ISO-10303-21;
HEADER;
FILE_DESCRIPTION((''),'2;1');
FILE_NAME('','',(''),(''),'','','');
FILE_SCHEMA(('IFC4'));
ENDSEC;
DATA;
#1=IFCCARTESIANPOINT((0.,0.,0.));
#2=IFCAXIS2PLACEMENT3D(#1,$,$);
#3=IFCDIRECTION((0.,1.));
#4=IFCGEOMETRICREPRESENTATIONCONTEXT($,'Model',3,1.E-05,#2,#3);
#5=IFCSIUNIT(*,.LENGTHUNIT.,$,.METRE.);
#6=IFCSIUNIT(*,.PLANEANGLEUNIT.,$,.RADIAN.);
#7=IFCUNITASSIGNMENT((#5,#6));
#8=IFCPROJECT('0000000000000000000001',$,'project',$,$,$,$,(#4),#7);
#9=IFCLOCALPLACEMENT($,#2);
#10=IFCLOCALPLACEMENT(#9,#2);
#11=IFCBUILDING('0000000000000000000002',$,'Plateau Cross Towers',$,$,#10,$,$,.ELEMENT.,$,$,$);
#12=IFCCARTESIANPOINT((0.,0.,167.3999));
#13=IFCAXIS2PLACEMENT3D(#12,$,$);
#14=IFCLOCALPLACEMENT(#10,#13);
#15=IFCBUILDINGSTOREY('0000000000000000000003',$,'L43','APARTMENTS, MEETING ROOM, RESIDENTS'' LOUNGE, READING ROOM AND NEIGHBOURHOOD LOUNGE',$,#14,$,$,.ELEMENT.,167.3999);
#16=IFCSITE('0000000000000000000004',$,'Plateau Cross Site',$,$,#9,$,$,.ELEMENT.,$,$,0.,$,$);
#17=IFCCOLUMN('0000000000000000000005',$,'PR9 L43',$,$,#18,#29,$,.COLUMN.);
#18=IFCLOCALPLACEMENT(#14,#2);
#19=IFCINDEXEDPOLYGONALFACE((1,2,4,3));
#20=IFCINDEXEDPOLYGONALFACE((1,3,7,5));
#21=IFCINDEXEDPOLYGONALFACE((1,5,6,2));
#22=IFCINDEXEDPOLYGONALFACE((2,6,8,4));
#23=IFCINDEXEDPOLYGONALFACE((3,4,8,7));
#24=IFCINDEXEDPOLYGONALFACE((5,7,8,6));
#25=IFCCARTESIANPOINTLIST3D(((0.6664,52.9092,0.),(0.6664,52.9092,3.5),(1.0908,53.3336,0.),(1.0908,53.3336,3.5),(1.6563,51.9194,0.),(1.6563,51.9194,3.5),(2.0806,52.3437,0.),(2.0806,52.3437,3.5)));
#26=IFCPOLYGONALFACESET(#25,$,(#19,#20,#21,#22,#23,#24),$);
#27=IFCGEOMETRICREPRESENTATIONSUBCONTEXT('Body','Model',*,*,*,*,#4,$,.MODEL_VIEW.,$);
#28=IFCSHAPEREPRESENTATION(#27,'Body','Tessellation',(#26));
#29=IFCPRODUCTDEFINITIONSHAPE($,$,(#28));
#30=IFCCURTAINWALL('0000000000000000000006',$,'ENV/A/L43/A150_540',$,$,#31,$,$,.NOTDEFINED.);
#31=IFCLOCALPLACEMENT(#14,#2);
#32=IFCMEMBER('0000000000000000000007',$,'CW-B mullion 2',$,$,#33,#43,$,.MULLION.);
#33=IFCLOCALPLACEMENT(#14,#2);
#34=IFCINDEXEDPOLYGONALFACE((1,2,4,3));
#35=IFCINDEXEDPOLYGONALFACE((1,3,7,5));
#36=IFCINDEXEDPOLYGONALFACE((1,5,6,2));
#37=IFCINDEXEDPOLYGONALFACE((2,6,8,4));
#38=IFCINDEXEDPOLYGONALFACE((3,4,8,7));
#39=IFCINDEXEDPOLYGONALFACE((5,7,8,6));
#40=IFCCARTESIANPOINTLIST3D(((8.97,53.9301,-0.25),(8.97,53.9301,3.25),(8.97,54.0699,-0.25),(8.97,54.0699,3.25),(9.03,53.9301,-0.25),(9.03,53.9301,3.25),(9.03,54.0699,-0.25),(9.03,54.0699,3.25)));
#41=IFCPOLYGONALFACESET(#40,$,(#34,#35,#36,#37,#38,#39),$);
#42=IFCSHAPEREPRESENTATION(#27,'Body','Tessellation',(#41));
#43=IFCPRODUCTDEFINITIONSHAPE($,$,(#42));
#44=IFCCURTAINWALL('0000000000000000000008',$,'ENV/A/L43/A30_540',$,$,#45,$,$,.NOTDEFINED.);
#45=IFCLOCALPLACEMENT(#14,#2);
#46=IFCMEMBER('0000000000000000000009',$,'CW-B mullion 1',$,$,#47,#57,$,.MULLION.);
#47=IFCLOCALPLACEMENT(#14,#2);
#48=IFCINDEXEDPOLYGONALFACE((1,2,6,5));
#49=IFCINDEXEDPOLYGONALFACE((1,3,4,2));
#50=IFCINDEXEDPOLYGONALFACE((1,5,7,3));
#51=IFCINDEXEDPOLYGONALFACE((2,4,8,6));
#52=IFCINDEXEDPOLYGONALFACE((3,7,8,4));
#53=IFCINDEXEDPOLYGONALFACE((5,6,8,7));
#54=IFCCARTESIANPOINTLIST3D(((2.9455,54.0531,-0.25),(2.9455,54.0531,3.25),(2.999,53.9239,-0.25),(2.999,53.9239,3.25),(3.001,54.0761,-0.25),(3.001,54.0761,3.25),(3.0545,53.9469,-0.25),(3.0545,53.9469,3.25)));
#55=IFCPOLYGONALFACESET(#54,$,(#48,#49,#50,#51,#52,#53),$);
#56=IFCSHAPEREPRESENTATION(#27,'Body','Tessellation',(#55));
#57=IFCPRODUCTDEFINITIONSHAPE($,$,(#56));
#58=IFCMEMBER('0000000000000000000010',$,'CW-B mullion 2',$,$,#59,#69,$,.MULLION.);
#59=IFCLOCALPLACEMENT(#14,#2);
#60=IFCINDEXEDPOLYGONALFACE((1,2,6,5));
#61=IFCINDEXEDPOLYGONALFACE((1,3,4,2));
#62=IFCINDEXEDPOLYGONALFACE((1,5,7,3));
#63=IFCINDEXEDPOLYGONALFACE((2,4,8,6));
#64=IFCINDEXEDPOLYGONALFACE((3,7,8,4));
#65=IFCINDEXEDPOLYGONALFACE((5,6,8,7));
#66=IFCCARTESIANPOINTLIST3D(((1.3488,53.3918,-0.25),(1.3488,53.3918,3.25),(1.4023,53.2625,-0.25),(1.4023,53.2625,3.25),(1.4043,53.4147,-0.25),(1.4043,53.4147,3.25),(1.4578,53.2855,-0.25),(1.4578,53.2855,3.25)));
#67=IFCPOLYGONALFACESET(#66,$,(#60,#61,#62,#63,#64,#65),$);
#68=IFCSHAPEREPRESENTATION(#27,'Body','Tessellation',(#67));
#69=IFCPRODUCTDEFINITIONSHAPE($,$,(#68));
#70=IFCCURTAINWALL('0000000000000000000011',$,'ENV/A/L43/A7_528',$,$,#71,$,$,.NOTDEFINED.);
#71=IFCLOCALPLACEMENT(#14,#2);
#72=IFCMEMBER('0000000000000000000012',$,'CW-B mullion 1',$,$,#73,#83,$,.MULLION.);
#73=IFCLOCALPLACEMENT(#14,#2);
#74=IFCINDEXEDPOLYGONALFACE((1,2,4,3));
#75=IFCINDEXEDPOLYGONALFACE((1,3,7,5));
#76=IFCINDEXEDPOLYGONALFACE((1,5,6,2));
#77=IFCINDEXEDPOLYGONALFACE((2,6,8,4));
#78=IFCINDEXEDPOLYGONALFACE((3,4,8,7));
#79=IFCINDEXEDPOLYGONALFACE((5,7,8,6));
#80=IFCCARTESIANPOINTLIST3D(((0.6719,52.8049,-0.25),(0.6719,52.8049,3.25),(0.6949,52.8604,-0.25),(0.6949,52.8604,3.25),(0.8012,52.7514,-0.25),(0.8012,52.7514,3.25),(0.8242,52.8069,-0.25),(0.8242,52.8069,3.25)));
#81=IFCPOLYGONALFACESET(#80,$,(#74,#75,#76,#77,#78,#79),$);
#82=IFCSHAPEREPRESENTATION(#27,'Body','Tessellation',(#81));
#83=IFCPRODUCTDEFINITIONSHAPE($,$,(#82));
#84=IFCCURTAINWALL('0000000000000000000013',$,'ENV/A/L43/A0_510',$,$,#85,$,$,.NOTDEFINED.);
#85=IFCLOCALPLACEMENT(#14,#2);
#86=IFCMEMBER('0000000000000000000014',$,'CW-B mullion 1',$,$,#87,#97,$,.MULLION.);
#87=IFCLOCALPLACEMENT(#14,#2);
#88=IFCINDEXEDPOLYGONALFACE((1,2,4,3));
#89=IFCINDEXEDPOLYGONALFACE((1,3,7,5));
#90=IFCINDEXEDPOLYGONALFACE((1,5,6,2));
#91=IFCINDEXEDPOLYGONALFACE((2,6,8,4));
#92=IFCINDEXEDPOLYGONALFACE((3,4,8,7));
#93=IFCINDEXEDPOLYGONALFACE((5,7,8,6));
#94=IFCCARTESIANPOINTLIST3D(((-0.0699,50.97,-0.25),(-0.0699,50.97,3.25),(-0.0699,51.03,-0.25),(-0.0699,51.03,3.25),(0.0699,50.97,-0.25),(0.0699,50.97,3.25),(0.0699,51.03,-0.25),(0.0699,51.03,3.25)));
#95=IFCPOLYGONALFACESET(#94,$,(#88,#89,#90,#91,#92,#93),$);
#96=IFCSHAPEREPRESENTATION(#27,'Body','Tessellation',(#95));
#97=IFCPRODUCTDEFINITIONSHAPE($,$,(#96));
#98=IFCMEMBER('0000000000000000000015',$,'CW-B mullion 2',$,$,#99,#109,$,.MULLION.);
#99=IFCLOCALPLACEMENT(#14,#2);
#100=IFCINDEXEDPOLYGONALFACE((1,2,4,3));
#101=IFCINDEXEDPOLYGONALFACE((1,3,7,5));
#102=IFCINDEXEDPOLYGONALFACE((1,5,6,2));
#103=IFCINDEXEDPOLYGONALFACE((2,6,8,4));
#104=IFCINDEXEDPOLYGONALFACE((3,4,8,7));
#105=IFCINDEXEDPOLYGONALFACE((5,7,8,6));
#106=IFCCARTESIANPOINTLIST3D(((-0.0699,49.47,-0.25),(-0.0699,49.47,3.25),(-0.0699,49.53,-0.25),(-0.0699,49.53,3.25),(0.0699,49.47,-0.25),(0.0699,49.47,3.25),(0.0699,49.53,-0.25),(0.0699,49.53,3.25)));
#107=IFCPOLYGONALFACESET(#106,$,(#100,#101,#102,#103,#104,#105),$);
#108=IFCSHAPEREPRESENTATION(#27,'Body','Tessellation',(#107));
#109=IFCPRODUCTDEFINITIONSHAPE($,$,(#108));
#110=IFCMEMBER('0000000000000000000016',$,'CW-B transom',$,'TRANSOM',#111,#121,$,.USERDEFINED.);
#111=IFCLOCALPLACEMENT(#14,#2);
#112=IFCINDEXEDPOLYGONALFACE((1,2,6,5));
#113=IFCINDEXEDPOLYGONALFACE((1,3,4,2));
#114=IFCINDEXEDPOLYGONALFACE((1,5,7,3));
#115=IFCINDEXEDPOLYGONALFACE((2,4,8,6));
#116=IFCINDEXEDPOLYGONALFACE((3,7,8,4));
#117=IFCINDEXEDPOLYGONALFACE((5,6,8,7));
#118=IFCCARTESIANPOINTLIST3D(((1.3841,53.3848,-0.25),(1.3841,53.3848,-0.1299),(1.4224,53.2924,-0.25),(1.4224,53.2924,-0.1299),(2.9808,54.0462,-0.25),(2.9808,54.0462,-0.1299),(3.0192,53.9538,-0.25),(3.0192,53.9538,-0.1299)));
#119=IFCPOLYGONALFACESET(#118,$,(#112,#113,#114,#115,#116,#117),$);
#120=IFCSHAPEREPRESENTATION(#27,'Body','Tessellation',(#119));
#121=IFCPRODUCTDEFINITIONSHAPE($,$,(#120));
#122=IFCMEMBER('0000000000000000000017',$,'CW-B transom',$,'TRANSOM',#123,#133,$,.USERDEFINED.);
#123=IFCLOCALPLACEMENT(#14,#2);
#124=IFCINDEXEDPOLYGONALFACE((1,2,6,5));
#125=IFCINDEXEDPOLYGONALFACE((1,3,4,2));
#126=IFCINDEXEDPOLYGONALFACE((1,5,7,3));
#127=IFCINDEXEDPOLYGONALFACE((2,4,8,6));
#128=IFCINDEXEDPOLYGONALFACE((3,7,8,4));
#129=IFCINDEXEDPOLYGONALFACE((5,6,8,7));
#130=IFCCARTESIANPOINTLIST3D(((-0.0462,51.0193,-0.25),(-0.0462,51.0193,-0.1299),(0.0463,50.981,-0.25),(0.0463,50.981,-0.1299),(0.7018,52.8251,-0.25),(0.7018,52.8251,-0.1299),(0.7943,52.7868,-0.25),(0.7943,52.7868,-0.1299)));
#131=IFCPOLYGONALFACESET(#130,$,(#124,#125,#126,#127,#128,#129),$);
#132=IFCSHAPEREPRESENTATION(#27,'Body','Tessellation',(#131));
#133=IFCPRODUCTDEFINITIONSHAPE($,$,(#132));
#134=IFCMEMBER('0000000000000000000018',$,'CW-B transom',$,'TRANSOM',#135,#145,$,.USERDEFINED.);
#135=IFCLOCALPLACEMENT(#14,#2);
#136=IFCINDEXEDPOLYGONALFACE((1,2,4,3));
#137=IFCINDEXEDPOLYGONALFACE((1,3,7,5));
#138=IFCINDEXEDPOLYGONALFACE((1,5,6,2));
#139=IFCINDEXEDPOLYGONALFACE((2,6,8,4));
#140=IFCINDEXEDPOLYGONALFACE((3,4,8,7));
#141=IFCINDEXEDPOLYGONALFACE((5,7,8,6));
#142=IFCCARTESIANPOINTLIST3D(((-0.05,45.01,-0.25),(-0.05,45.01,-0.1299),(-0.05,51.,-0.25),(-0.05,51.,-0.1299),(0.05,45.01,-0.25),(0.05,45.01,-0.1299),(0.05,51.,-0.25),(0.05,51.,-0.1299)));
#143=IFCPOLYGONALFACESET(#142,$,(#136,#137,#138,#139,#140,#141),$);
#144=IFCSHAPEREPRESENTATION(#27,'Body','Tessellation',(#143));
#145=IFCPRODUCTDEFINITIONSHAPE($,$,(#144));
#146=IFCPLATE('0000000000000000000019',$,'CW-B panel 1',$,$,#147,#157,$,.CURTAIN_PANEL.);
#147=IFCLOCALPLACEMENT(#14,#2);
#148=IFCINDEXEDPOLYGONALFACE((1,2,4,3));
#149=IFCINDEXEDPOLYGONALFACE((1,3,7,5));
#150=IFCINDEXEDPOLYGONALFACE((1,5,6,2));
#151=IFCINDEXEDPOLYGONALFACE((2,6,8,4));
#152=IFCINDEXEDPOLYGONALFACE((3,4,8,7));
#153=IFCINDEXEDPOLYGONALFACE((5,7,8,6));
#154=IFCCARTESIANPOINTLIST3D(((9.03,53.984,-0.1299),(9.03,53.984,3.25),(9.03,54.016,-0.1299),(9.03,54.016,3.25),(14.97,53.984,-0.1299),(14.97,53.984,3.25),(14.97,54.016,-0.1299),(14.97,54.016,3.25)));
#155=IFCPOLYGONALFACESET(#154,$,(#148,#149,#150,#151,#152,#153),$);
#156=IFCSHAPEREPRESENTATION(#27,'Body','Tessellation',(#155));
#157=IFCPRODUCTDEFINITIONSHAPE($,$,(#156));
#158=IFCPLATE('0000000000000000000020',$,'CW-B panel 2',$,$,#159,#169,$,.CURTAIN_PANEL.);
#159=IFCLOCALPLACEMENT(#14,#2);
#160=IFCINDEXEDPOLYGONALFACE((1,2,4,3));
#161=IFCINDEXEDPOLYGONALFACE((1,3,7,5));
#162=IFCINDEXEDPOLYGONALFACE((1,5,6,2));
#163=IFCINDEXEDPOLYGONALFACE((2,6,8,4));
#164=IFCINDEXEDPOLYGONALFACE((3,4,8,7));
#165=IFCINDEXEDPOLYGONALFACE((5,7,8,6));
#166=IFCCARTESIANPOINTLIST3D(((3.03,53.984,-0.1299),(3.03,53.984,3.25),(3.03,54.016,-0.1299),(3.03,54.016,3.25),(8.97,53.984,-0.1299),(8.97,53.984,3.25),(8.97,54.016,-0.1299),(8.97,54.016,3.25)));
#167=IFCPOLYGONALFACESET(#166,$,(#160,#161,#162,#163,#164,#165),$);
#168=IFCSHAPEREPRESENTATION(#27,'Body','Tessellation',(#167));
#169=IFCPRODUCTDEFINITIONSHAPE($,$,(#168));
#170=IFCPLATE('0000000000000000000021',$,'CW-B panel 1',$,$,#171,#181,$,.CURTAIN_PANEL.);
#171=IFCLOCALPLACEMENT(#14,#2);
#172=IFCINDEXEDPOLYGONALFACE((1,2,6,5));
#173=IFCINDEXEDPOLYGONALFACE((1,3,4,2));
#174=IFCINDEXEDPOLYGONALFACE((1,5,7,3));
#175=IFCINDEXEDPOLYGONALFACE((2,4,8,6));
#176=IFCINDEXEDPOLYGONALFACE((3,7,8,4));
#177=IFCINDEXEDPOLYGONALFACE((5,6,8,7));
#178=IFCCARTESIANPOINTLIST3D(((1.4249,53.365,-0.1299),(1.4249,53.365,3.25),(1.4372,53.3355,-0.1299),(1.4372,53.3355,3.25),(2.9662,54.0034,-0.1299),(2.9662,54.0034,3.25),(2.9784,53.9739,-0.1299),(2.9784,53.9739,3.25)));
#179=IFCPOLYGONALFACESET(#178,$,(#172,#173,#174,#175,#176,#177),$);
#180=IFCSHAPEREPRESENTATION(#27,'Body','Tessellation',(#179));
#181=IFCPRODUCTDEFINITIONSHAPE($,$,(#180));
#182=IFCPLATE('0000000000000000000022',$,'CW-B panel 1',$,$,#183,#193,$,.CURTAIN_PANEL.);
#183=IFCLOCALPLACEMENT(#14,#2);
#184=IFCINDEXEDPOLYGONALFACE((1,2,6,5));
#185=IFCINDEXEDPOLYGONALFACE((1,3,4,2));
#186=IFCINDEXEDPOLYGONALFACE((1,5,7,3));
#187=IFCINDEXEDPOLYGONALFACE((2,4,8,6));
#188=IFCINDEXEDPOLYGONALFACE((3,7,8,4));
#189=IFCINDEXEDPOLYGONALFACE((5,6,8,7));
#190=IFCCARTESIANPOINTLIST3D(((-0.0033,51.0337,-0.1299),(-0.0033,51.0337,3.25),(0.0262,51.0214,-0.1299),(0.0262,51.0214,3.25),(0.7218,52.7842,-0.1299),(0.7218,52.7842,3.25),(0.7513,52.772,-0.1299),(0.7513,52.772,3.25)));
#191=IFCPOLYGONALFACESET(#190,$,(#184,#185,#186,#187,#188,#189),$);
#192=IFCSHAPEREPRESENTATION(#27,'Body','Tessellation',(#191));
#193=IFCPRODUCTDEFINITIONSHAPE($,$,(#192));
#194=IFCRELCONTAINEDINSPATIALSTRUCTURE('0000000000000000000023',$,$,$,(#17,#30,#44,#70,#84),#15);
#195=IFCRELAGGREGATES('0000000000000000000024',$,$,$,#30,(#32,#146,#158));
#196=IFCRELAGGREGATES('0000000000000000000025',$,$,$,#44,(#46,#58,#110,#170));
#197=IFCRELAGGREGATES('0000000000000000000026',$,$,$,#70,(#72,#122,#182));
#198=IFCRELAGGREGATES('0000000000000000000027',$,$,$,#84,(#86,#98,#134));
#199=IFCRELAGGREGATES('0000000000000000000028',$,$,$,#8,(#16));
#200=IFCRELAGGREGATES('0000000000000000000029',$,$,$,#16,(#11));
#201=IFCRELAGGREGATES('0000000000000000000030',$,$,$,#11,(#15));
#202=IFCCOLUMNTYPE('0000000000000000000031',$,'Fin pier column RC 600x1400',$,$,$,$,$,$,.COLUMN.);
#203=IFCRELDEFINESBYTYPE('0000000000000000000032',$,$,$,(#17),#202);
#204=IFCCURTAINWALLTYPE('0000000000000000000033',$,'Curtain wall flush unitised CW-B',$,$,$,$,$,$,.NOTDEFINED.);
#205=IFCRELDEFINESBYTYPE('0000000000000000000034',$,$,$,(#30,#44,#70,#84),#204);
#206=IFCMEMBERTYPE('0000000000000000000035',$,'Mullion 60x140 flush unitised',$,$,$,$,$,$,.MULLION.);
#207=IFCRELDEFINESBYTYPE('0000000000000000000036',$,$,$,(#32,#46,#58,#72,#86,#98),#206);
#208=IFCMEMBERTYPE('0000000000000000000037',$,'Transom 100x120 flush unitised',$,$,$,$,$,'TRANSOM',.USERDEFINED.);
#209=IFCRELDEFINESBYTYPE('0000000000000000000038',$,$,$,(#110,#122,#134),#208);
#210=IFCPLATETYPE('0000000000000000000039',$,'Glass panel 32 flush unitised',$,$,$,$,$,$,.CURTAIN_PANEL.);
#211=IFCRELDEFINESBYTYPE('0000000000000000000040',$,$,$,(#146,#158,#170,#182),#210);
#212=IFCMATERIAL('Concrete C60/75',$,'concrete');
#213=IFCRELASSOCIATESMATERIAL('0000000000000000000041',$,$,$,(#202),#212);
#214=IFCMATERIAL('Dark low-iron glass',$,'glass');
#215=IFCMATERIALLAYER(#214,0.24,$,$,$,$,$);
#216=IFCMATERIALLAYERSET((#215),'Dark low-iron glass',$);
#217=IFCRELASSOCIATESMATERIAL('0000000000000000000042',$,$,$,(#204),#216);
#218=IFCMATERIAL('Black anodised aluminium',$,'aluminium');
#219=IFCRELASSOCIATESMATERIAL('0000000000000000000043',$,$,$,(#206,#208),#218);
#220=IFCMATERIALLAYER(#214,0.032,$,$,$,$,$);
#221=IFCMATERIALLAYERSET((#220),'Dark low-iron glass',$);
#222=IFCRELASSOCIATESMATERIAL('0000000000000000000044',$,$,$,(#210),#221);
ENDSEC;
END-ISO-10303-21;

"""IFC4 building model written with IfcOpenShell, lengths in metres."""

from ifc_helpers import new_model, si_unit, direction, frame, origin, origin_2d, place, context, subcontext, project, spatial, rectangle, extrude, material, layer, layer_set, material_profile, profile_set, type_object, element, aggregate, save


model = new_model("IFC4")

# Units and contexts
model_context = context("Model", 3, precision=1e-05, world=origin(), true_north=direction((0.0, 1.0)))
body_context = subcontext(model_context, "Body", "Model", "MODEL_VIEW")
ifc_project = project(units=[si_unit("LENGTHUNIT", "METRE"), si_unit("PLANEANGLEUNIT", "RADIAN")], contexts=[model_context])

# Site, building, storey
site_placement = place(None, origin())
site = spatial("IfcSite", under=ifc_project, at=site_placement, Name="Plateau Cross Site", CompositionType="ELEMENT", RefElevation=0.0)
building_placement = place(site_placement, origin())
building = spatial("IfcBuilding", under=site, at=building_placement, Name="Plateau Cross Towers", CompositionType="ELEMENT")
storey_placement = place(building_placement, frame((0.0, 0.0, 167.3999)))
storey = spatial("IfcBuildingStorey", under=building, at=storey_placement, Name="L43", Description="APARTMENTS, MEETING ROOM, RESIDENTS' LOUNGE, READING ROOM AND NEIGHBOURHOOD LOUNGE", CompositionType="ELEMENT", Elevation=167.3999)

# Column
ifc_material_1 = material(Name="Concrete C60/75", Category="concrete")
ifc_material_profile_1 = material_profile(ifc_material_1, rectangle(XDim=0.6001, YDim=1.3999, at=origin_2d()), Name="RC 600x1400")
ifc_profile_set_1 = profile_set([ifc_material_profile_1], Name="Concrete C60/75")
column_type = type_object("IfcColumnType", Name="Fin pier column RC 600x1400", PredefinedType="COLUMN", material=ifc_profile_set_1)
column_placement = place(storey_placement, frame((1.3735, 52.6265, 0.0), z_axis=(0.0, 0.0, 1.0), x_axis=(0.707107, 0.707107, 0.0)))
element("IfcColumn", 1, at=column_placement, inside=storey, type_object=column_type, Name="PR9 L43", PredefinedType="COLUMN", context=body_context, shape_type="SweptSolid", body=[
    extrude(rectangle(XDim=0.6001, YDim=1.3999, at=origin_2d()), origin(), (0.0, 0.0, 1.0), 3.5),
])

# Curtain wall, member
ifc_material_2 = material(Name="Dark low-iron glass", Category="glass")
ifc_layer_1 = layer(ifc_material_2, 0.24)
ifc_layer_set_1 = layer_set([ifc_layer_1], Name="Dark low-iron glass")
curtain_wall_type = type_object("IfcCurtainWallType", Name="Curtain wall flush unitised CW-B", PredefinedType="NOTDEFINED", material=ifc_layer_set_1)
curtain_wall_1_placement = place(storey_placement, origin())
curtain_wall_1 = element("IfcCurtainWall", 2, at=curtain_wall_1_placement, inside=storey, type_object=curtain_wall_type, Name="ENV/A/L43/A150_540", PredefinedType="NOTDEFINED")
ifc_material_3 = material(Name="Black anodised aluminium", Category="aluminium")
ifc_material_profile_2 = material_profile(ifc_material_3, rectangle(XDim=0.0601, YDim=0.1399, at=origin_2d()), Name="MULLION 60x140")
ifc_profile_set_2 = profile_set([ifc_material_profile_2], Name="Black anodised aluminium")
member_type_1 = type_object("IfcMemberType", Name="Mullion 60x140 flush unitised", PredefinedType="MULLION", material=ifc_profile_set_2)
member_1_placement = place(storey_placement, frame((9.0, 54.0, -0.25), z_axis=(0.0, 0.0, 1.0), x_axis=(-1.0, 0.0, 0.0)))
member_1 = element("IfcMember", 3, at=member_1_placement, type_object=member_type_1, Name="CW-B mullion 2", PredefinedType="MULLION", context=body_context, shape_type="SweptSolid", body=[
    extrude(rectangle(XDim=0.0601, YDim=0.1399, at=origin_2d()), origin(), (0.0, 0.0, 1.0), 3.5),
])

# Curtain wall, members
curtain_wall_2_placement = place(storey_placement, origin())
curtain_wall_2 = element("IfcCurtainWall", 4, at=curtain_wall_2_placement, inside=storey, type_object=curtain_wall_type, Name="ENV/A/L43/A30_540", PredefinedType="NOTDEFINED")
member_2_placement = place(storey_placement, frame((3.0, 54.0, -0.25), z_axis=(0.0, 0.0, 1.0), x_axis=(-0.923879, -0.382684, 0.0)))
member_2 = element("IfcMember", 5, at=member_2_placement, type_object=member_type_1, Name="CW-B mullion 1", PredefinedType="MULLION", context=body_context, shape_type="SweptSolid", body=[
    extrude(rectangle(XDim=0.0601, YDim=0.1399, at=origin_2d()), origin(), (0.0, 0.0, 1.0), 3.5),
])
member_3_placement = place(storey_placement, frame((1.4033, 53.3386, -0.25), z_axis=(0.0, 0.0, 1.0), x_axis=(-0.923879, -0.382684, 0.0)))
member_3 = element("IfcMember", 6, at=member_3_placement, type_object=member_type_1, Name="CW-B mullion 2", PredefinedType="MULLION", context=body_context, shape_type="SweptSolid", body=[
    extrude(rectangle(XDim=0.0601, YDim=0.1399, at=origin_2d()), origin(), (0.0, 0.0, 1.0), 3.5),
])

# Curtain wall, member
curtain_wall_3_placement = place(storey_placement, origin())
curtain_wall_3 = element("IfcCurtainWall", 7, at=curtain_wall_3_placement, inside=storey, type_object=curtain_wall_type, Name="ENV/A/L43/A7_528", PredefinedType="NOTDEFINED")
member_4_placement = place(storey_placement, frame((0.748, 52.8059, -0.25), z_axis=(0.0, 0.0, 1.0), x_axis=(-0.382684, -0.923879, 0.0)))
member_4 = element("IfcMember", 8, at=member_4_placement, type_object=member_type_1, Name="CW-B mullion 1", PredefinedType="MULLION", context=body_context, shape_type="SweptSolid", body=[
    extrude(rectangle(XDim=0.0601, YDim=0.1399, at=origin_2d()), origin(), (0.0, 0.0, 1.0), 3.5),
])

# Curtain wall, members
curtain_wall_4_placement = place(storey_placement, origin())
curtain_wall_4 = element("IfcCurtainWall", 9, at=curtain_wall_4_placement, inside=storey, type_object=curtain_wall_type, Name="ENV/A/L43/A0_510", PredefinedType="NOTDEFINED")
member_5_placement = place(storey_placement, frame((0.0, 51.0, -0.25), z_axis=(0.0, 0.0, 1.0), x_axis=(0.0, -1.0, 0.0)))
member_5 = element("IfcMember", 10, at=member_5_placement, type_object=member_type_1, Name="CW-B mullion 1", PredefinedType="MULLION", context=body_context, shape_type="SweptSolid", body=[
    extrude(rectangle(XDim=0.0601, YDim=0.1399, at=origin_2d()), origin(), (0.0, 0.0, 1.0), 3.5),
])
member_6_placement = place(storey_placement, frame((0.0, 49.5, -0.25), z_axis=(0.0, 0.0, 1.0), x_axis=(0.0, -1.0, 0.0)))
member_6 = element("IfcMember", 11, at=member_6_placement, type_object=member_type_1, Name="CW-B mullion 2", PredefinedType="MULLION", context=body_context, shape_type="SweptSolid", body=[
    extrude(rectangle(XDim=0.0601, YDim=0.1399, at=origin_2d()), origin(), (0.0, 0.0, 1.0), 3.5),
])

# Members
ifc_material_profile_3 = material_profile(ifc_material_3, rectangle(XDim=0.1001, YDim=0.1201, at=origin_2d()), Name="TRANSOM 100x120")
ifc_profile_set_3 = profile_set([ifc_material_profile_3], Name="Black anodised aluminium")
member_type_2 = type_object("IfcMemberType", Name="Transom 100x120 flush unitised", ElementType="TRANSOM", PredefinedType="USERDEFINED", material=ifc_profile_set_3)
member_7_placement = place(storey_placement, frame((3.0, 54.0, -0.1899), z_axis=(-0.923877, -0.382689, 0.0), x_axis=(0.382689, -0.923877, 0.0)))
member_7 = element("IfcMember", 12, at=member_7_placement, type_object=member_type_2, Name="CW-B transom", ObjectType="TRANSOM", PredefinedType="USERDEFINED", context=body_context, shape_type="SweptSolid", body=[
    extrude(rectangle(XDim=0.1001, YDim=0.1201, at=origin_2d()), origin(), (0.0, 0.0, 1.0), 1.7283),
])
member_8_placement = place(storey_placement, frame((0.748, 52.8059, -0.1899), z_axis=(-0.38269, -0.923877, 0.0), x_axis=(0.923877, -0.38269, 0.0)))
member_8 = element("IfcMember", 13, at=member_8_placement, type_object=member_type_2, Name="CW-B transom", ObjectType="TRANSOM", PredefinedType="USERDEFINED", context=body_context, shape_type="SweptSolid", body=[
    extrude(rectangle(XDim=0.1001, YDim=0.1201, at=origin_2d()), origin(), (0.0, 0.0, 1.0), 1.9546),
])
member_9_placement = place(storey_placement, frame((0.0, 51.0, -0.1899), z_axis=(0.0, -1.0, 0.0), x_axis=(1.0, 0.0, 0.0)))
member_9 = element("IfcMember", 14, at=member_9_placement, type_object=member_type_2, Name="CW-B transom", ObjectType="TRANSOM", PredefinedType="USERDEFINED", context=body_context, shape_type="SweptSolid", body=[
    extrude(rectangle(XDim=0.1001, YDim=0.1201, at=origin_2d()), origin(), (0.0, 0.0, 1.0), 5.99),
])

# Plates
ifc_layer_2 = layer(ifc_material_2, 0.032)
ifc_layer_set_2 = layer_set([ifc_layer_2], Name="Dark low-iron glass")
plate_type = type_object("IfcPlateType", Name="Glass panel 32 flush unitised", PredefinedType="CURTAIN_PANEL", material=ifc_layer_set_2)
plate_1_placement = place(storey_placement, frame((12.0, 54.0, -0.1299), z_axis=(0.0, 0.0, 1.0), x_axis=(-1.0, 0.0, 0.0)))
plate_1 = element("IfcPlate", 15, at=plate_1_placement, type_object=plate_type, Name="CW-B panel 1", PredefinedType="CURTAIN_PANEL", context=body_context, shape_type="SweptSolid", body=[
    extrude(rectangle(XDim=5.9399, YDim=0.032, at=origin_2d()), origin(), (0.0, 0.0, 1.0), 3.3799),
])
plate_2_placement = place(storey_placement, frame((6.0, 54.0, -0.1299), z_axis=(0.0, 0.0, 1.0), x_axis=(-1.0, 0.0, 0.0)))
plate_2 = element("IfcPlate", 16, at=plate_2_placement, type_object=plate_type, Name="CW-B panel 2", PredefinedType="CURTAIN_PANEL", context=body_context, shape_type="SweptSolid", body=[
    extrude(rectangle(XDim=5.9399, YDim=0.032, at=origin_2d()), origin(), (0.0, 0.0, 1.0), 3.3799),
])
aggregate(curtain_wall_1, [member_1, plate_1, plate_2])
plate_3_placement = place(storey_placement, frame((2.2017, 53.6694, -0.1299), z_axis=(0.0, 0.0, 1.0), x_axis=(-0.923879, -0.382684, 0.0)))
plate_3 = element("IfcPlate", 17, at=plate_3_placement, type_object=plate_type, Name="CW-B panel 1", PredefinedType="CURTAIN_PANEL", context=body_context, shape_type="SweptSolid", body=[
    extrude(rectangle(XDim=1.6682, YDim=0.032, at=origin_2d()), origin(), (0.0, 0.0, 1.0), 3.3799),
])
aggregate(curtain_wall_2, [member_2, member_3, member_7, plate_3])
plate_4_placement = place(storey_placement, frame((0.374, 51.9028, -0.1299), z_axis=(0.0, 0.0, 1.0), x_axis=(-0.382684, -0.923879, 0.0)))
plate_4 = element("IfcPlate", 18, at=plate_4_placement, type_object=plate_type, Name="CW-B panel 1", PredefinedType="CURTAIN_PANEL", context=body_context, shape_type="SweptSolid", body=[
    extrude(rectangle(XDim=1.8948, YDim=0.032, at=origin_2d()), origin(), (0.0, 0.0, 1.0), 3.3799),
])
aggregate(curtain_wall_3, [member_4, member_8, plate_4])
aggregate(curtain_wall_4, [member_5, member_6, member_9])

save(model, "model.ifc")
